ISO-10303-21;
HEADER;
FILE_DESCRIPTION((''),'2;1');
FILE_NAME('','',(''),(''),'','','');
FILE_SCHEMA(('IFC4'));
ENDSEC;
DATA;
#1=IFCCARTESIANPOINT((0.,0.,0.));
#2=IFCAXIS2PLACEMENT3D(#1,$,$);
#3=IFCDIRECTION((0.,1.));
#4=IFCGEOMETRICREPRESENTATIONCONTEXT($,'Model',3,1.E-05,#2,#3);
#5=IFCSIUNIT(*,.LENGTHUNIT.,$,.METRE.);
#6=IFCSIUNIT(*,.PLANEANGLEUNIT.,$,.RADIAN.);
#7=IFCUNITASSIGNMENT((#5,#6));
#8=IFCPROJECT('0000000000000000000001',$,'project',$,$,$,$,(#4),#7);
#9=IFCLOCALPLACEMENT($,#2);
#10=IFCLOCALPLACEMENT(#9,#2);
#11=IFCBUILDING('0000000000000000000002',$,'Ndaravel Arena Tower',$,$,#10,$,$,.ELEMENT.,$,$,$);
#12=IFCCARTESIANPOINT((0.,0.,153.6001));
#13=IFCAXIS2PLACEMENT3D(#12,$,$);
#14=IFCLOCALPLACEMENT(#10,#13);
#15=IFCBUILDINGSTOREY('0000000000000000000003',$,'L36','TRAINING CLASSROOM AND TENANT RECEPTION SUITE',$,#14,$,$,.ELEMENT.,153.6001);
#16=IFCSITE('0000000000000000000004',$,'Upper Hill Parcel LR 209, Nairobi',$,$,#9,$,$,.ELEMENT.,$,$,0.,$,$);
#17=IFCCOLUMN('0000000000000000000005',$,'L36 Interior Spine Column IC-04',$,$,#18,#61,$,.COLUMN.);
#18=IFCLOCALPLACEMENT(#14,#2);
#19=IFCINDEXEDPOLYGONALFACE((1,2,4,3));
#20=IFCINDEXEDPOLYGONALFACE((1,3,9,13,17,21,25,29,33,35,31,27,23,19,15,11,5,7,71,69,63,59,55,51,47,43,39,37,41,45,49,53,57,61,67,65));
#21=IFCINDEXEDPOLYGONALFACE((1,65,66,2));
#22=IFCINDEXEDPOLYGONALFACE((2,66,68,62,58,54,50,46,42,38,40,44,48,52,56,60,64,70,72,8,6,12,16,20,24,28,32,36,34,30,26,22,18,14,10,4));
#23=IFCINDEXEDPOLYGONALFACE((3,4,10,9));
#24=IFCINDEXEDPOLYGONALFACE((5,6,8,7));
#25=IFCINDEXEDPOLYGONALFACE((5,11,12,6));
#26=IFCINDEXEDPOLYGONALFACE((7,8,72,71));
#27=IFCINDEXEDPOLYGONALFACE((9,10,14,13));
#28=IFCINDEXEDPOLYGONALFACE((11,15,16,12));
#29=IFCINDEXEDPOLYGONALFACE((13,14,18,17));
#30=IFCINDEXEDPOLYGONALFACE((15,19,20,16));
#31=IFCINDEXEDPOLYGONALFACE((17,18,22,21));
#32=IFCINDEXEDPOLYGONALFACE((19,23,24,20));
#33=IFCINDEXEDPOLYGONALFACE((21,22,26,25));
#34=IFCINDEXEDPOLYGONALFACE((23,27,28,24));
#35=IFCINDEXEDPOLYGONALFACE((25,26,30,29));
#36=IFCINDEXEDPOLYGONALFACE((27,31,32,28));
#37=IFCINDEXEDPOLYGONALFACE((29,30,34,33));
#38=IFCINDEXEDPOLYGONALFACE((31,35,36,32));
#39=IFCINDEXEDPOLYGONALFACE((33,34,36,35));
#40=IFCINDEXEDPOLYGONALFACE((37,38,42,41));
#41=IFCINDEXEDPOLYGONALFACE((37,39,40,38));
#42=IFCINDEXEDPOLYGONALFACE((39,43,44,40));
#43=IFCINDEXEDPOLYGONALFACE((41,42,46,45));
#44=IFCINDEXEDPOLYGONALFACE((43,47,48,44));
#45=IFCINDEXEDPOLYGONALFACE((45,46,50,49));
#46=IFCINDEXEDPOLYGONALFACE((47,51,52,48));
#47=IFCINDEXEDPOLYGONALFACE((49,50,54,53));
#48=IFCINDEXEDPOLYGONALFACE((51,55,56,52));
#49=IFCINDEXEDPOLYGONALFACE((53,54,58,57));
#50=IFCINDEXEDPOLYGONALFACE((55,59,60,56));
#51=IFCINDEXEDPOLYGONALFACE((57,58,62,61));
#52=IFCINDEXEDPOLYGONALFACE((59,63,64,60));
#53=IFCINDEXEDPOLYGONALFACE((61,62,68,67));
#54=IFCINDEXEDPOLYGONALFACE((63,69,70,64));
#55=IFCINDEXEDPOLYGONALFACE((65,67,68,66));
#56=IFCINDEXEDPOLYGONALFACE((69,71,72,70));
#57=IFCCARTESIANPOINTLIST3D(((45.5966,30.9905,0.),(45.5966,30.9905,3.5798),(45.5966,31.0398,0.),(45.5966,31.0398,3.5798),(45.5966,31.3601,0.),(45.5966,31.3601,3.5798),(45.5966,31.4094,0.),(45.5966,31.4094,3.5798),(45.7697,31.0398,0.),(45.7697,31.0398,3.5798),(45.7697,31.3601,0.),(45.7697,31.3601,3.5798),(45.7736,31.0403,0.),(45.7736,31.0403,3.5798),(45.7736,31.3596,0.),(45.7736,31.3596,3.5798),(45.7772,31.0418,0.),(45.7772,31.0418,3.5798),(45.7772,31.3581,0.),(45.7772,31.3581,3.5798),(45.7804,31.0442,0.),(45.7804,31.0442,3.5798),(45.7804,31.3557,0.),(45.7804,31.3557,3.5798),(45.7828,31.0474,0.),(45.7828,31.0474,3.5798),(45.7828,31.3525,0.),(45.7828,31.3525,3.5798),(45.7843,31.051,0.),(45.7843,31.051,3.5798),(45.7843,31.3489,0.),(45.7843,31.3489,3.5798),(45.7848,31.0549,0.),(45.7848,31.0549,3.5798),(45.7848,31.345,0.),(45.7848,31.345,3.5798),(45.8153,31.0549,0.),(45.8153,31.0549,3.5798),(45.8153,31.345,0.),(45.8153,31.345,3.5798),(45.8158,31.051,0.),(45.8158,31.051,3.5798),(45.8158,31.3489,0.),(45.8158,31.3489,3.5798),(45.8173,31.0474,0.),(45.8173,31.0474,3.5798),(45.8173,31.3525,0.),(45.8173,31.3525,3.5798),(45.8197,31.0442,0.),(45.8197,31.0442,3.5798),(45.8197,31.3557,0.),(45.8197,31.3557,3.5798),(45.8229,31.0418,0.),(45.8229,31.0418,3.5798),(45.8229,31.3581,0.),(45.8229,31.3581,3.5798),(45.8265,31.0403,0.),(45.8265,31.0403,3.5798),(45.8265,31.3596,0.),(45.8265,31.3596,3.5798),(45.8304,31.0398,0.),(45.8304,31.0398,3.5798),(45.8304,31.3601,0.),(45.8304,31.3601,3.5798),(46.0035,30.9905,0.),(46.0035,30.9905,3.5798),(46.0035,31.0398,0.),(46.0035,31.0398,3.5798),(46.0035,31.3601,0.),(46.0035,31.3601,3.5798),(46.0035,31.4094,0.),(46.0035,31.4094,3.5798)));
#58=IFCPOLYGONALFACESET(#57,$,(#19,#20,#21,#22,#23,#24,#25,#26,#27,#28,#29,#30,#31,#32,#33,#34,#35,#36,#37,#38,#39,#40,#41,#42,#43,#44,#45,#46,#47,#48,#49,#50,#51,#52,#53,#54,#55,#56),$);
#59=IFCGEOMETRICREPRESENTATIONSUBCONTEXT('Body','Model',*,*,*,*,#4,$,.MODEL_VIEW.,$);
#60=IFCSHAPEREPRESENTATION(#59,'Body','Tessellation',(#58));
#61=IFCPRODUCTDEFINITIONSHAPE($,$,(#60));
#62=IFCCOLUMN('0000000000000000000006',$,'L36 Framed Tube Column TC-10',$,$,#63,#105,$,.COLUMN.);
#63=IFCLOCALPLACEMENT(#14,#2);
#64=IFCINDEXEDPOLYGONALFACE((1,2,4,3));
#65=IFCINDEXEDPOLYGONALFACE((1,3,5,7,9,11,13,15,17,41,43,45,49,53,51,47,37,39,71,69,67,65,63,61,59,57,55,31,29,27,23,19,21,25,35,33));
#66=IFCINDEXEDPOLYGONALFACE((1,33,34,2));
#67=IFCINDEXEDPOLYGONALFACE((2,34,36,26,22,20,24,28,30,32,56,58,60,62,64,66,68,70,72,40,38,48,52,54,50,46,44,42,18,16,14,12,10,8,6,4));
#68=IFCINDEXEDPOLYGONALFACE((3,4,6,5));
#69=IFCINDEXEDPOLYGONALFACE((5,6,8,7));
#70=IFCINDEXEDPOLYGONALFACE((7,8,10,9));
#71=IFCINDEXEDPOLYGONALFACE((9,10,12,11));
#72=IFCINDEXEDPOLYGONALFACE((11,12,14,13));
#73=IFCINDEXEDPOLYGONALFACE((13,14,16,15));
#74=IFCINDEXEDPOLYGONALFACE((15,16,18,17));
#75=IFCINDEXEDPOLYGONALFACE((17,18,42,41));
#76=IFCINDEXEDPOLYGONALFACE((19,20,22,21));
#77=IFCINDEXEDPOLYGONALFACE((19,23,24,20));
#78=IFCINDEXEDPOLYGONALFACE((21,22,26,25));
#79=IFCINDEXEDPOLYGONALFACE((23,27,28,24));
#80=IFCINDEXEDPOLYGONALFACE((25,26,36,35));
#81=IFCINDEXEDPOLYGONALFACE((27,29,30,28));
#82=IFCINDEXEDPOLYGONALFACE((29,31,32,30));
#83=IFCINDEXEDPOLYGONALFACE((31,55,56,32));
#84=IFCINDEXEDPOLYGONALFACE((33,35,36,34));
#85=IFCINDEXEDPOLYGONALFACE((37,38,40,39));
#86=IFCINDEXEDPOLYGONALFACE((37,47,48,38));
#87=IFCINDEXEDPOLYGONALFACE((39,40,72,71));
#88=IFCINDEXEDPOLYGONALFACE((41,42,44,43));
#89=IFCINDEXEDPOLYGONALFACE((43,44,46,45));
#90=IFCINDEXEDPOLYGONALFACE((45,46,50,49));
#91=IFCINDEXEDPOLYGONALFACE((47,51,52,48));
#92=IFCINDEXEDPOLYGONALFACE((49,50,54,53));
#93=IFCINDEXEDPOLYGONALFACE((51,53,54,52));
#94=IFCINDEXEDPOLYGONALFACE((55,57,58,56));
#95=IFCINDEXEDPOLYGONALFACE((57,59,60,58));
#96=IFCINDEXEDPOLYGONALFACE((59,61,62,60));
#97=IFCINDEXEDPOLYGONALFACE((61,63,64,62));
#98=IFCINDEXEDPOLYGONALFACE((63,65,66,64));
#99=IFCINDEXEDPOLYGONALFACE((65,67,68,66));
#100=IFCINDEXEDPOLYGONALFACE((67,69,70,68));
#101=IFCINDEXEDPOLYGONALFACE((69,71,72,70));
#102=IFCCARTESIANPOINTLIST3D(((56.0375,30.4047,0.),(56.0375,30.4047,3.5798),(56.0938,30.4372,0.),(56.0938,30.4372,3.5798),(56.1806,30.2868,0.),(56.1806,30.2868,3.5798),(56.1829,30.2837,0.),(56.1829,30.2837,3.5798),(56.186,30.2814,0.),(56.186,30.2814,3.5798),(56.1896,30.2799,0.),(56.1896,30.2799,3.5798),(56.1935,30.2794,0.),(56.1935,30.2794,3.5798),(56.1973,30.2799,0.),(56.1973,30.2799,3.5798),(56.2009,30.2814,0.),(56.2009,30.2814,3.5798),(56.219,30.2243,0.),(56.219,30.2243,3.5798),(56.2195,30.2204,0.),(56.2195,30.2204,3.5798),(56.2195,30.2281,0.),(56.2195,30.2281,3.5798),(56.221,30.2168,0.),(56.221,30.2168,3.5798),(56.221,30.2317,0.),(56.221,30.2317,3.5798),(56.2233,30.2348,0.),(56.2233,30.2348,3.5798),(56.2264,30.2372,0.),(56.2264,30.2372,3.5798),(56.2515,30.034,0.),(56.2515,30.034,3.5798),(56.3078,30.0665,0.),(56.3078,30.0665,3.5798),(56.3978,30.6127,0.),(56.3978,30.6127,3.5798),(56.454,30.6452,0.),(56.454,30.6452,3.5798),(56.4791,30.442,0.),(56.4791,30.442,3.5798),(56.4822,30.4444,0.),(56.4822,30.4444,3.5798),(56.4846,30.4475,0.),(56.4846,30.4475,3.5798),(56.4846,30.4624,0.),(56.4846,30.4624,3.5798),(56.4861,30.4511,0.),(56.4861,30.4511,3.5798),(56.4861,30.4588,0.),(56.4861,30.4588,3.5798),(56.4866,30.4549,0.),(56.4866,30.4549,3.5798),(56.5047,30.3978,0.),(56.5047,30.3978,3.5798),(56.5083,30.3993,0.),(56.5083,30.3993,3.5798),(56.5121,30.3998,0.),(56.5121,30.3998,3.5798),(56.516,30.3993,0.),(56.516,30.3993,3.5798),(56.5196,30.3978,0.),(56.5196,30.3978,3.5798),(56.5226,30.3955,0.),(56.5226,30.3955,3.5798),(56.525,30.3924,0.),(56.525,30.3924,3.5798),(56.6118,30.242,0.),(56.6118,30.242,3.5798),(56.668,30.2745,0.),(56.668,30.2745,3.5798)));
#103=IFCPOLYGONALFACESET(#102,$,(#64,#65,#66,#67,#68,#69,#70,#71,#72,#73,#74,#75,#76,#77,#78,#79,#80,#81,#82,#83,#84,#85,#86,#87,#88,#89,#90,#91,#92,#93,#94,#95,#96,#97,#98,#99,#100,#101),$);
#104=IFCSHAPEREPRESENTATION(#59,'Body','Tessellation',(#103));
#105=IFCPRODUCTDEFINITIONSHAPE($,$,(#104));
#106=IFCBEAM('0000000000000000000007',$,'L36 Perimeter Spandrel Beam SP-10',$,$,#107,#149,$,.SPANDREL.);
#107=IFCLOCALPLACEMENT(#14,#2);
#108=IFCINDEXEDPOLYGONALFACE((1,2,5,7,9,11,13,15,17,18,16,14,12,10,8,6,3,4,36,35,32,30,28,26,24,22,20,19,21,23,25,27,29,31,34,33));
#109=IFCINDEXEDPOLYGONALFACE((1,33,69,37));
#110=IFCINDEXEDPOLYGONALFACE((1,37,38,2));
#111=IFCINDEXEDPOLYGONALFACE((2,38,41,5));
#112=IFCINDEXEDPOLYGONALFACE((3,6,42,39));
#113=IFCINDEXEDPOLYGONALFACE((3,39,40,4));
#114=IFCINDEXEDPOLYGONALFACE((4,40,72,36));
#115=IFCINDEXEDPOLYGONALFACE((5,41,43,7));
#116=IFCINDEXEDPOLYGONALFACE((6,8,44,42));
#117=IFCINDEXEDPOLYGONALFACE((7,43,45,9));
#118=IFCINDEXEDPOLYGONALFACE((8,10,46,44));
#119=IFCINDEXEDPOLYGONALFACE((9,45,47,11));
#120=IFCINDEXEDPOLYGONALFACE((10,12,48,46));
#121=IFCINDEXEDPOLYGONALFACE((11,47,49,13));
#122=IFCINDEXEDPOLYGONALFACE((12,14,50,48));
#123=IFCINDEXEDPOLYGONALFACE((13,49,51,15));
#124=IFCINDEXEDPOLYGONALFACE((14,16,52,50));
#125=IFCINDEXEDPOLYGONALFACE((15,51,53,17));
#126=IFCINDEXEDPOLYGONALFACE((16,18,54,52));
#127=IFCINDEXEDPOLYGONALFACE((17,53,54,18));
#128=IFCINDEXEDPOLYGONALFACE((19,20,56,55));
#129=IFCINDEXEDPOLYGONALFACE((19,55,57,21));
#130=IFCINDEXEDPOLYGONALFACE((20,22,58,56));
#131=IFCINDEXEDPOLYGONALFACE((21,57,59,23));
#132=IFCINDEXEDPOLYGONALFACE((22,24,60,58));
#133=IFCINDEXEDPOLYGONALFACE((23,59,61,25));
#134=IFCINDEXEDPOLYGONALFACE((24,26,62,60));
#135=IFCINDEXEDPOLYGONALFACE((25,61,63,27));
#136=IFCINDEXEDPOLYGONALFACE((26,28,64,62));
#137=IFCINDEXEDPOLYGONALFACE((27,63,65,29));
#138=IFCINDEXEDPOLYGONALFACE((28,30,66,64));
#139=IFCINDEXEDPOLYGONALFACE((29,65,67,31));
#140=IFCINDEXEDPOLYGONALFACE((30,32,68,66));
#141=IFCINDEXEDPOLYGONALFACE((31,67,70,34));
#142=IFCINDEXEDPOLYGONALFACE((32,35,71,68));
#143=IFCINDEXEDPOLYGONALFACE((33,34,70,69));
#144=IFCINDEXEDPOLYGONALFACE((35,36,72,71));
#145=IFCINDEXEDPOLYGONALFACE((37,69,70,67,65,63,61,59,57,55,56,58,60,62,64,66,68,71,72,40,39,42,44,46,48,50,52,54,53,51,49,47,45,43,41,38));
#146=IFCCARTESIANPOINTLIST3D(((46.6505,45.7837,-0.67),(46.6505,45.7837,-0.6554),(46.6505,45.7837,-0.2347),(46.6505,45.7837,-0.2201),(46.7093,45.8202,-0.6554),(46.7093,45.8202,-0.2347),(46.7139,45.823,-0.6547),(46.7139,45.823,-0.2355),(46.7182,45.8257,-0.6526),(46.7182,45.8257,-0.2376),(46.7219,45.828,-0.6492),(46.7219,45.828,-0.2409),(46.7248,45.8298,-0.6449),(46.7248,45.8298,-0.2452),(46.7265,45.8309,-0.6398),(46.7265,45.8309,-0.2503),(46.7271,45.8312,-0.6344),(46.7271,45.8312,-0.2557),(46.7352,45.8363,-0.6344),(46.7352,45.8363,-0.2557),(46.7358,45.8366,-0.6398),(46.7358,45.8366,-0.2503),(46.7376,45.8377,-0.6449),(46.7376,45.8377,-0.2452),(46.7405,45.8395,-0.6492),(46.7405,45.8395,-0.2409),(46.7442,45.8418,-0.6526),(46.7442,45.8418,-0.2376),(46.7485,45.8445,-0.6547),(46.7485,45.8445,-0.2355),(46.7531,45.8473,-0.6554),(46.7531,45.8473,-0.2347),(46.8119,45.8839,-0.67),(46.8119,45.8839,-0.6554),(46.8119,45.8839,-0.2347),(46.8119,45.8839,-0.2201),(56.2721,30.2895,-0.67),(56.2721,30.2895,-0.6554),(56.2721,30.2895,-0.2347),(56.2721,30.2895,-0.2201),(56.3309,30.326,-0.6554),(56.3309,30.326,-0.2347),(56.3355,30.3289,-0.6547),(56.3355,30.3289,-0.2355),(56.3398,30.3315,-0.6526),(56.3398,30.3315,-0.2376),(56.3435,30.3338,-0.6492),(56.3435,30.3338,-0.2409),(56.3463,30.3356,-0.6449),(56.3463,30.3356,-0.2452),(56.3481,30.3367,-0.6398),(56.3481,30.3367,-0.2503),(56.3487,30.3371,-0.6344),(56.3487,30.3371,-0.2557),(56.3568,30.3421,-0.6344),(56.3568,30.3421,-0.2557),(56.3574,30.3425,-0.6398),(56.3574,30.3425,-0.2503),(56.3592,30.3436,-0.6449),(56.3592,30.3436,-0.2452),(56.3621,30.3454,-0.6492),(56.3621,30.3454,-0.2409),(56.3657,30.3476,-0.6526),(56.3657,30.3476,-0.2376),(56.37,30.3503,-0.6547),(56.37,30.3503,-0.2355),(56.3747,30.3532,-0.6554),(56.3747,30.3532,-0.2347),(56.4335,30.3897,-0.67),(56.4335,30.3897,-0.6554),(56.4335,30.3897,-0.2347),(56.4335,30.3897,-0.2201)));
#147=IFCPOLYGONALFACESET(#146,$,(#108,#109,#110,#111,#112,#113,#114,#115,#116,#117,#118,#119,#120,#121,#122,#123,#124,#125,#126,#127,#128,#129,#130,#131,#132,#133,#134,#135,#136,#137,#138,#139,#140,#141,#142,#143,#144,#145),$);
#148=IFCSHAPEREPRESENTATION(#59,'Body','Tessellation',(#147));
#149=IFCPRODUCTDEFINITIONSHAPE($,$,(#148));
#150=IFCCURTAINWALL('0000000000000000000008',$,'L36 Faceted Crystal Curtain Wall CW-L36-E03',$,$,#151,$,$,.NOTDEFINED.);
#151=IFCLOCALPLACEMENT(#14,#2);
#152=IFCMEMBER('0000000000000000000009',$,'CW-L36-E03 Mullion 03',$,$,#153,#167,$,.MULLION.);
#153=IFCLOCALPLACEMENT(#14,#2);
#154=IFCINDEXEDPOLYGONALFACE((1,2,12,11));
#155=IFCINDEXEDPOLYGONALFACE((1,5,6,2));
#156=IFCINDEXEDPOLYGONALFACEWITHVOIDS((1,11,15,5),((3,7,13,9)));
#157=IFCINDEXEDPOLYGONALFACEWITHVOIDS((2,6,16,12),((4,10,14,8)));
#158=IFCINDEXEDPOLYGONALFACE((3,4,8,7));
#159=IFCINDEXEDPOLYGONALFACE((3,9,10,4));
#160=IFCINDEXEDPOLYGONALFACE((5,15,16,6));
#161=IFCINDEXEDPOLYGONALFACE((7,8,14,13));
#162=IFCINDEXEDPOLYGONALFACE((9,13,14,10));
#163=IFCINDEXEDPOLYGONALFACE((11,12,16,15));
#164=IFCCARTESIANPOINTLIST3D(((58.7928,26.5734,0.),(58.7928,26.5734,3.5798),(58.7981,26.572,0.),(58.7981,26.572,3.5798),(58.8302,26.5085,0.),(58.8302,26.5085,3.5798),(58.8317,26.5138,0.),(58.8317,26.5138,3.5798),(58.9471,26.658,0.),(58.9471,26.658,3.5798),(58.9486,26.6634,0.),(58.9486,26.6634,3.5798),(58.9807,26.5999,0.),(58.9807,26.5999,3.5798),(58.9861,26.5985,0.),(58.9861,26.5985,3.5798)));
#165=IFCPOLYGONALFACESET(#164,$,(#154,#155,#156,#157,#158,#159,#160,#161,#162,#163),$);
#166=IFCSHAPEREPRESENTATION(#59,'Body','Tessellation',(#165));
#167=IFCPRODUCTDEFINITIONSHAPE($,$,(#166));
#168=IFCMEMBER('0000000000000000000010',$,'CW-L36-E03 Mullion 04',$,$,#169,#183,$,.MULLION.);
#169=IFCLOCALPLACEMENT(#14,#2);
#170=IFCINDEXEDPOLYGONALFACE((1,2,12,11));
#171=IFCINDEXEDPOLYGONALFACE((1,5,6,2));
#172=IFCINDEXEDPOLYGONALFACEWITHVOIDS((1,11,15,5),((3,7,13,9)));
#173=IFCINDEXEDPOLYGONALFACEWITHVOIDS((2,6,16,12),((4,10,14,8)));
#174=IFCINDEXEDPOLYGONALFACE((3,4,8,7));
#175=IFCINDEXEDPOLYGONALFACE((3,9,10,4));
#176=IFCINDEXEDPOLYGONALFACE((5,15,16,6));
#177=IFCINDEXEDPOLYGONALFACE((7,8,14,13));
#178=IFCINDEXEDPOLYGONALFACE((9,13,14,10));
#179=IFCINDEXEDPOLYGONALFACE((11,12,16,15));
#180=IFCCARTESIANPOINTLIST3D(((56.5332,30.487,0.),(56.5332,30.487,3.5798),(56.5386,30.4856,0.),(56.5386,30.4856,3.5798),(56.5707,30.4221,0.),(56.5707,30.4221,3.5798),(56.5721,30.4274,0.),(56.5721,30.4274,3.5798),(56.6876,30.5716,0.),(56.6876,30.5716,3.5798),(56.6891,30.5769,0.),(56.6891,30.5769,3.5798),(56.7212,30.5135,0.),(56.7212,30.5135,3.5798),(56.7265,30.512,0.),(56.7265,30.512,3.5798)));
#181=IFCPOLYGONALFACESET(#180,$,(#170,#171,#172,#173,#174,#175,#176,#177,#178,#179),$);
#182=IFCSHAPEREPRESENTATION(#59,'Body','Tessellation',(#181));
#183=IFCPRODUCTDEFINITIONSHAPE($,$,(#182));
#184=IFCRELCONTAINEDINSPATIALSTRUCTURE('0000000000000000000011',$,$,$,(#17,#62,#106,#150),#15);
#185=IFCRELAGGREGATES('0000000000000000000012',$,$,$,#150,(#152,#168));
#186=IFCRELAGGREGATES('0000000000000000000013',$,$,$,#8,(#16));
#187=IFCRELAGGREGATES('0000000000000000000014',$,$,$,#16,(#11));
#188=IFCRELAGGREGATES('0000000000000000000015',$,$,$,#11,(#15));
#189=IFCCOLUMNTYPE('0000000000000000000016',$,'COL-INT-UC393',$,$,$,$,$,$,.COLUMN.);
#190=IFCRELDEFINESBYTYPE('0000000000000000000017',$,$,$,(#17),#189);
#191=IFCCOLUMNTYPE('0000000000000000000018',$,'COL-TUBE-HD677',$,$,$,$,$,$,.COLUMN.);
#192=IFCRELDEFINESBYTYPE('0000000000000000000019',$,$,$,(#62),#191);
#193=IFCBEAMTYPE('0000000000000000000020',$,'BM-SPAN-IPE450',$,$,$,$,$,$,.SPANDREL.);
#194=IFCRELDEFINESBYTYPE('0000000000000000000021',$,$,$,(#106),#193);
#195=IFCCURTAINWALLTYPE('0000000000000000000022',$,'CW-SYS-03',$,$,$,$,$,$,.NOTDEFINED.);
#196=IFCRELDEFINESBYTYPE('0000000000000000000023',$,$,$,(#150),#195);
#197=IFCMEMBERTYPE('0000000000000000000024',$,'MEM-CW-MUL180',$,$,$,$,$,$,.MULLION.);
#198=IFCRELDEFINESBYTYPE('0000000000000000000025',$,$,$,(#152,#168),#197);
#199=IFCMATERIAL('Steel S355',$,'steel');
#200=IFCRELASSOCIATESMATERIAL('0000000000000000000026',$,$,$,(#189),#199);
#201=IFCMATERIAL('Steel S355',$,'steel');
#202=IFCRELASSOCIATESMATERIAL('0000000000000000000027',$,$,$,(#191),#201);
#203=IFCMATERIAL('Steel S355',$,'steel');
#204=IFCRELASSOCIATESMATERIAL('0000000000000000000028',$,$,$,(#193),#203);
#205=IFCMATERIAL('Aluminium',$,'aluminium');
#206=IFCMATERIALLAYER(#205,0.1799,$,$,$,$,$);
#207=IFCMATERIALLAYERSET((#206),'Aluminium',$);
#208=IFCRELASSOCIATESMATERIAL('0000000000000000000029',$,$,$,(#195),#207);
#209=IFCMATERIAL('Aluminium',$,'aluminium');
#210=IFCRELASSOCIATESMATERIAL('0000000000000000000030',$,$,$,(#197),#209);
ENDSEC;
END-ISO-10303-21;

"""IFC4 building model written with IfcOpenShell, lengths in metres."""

from ifc_helpers import new_model, si_unit, direction, frame, origin, origin_2d, place, context, subcontext, project, spatial, hollow_rectangle, i_section, extrude, material, layer, layer_set, material_profile, profile_set, type_object, element, aggregate, save


model = new_model("IFC4")

# Units and contexts
model_context = context("Model", 3, precision=1e-05, world=origin(), true_north=direction((0.0, 1.0)))
body_context = subcontext(model_context, "Body", "Model", "MODEL_VIEW")
ifc_project = project(units=[si_unit("LENGTHUNIT", "METRE"), si_unit("PLANEANGLEUNIT", "RADIAN")], contexts=[model_context])

# Site, building, storey
site_placement = place(None, origin())
site = spatial("IfcSite", under=ifc_project, at=site_placement, Name="Upper Hill Parcel LR 209, Nairobi", CompositionType="ELEMENT", RefElevation=0.0)
building_placement = place(site_placement, origin())
building = spatial("IfcBuilding", under=site, at=building_placement, Name="Ndaravel Arena Tower", CompositionType="ELEMENT")
storey_placement = place(building_placement, frame((0.0, 0.0, 153.6001)))
storey = spatial("IfcBuildingStorey", under=building, at=storey_placement, Name="L36", Description="TRAINING CLASSROOM AND TENANT RECEPTION SUITE", CompositionType="ELEMENT", Elevation=153.6001)

# Columns
ifc_material_1 = material(Name="Steel S355", Category="steel")
ifc_material_profile_1 = material_profile(ifc_material_1, i_section(OverallWidth=0.407, OverallDepth=0.4189, WebThickness=0.0305, FlangeThickness=0.0493, FilletRadius=0.0151, at=origin_2d()), Name="UC 356x406x393")
ifc_profile_set_1 = profile_set([ifc_material_profile_1], Name="Steel S355")
column_type_1 = type_object("IfcColumnType", Name="COL-INT-UC393", PredefinedType="COLUMN", material=ifc_profile_set_1)
column_1_placement = place(storey_placement, frame((45.8, 31.2, 0.0), z_axis=(0.0, 0.0, 1.0), x_axis=(1.0, 0.0, 0.0)))
element("IfcColumn", 1, at=column_1_placement, inside=storey, type_object=column_type_1, Name="L36 Interior Spine Column IC-04", PredefinedType="COLUMN", context=body_context, shape_type="SweptSolid", body=[
    extrude(i_section(OverallWidth=0.407, OverallDepth=0.4189, WebThickness=0.0305, FlangeThickness=0.0493, FilletRadius=0.0151, at=origin_2d()), origin(), (0.0, 0.0, 1.0), 3.5798),
])
ifc_material_2 = material(Name="Steel S355", Category="steel")
ifc_material_profile_2 = material_profile(ifc_material_2, i_section(OverallWidth=0.428, OverallDepth=0.481, WebThickness=0.051, FlangeThickness=0.0649, FilletRadius=0.0149, at=origin_2d()), Name="HD 400x677")
ifc_profile_set_2 = profile_set([ifc_material_profile_2], Name="Steel S355")
column_type_2 = type_object("IfcColumnType", Name="COL-TUBE-HD677", PredefinedType="COLUMN", material=ifc_profile_set_2)
column_2_placement = place(storey_placement, frame((56.3528, 30.3396, 0.0), z_axis=(0.0, 0.0, 1.0), x_axis=(-0.5, 0.866025, 0.0)))
element("IfcColumn", 2, at=column_2_placement, inside=storey, type_object=column_type_2, Name="L36 Framed Tube Column TC-10", PredefinedType="COLUMN", context=body_context, shape_type="SweptSolid", body=[
    extrude(i_section(OverallWidth=0.428, OverallDepth=0.481, WebThickness=0.051, FlangeThickness=0.0649, FilletRadius=0.0149, at=origin_2d()), origin(), (0.0, 0.0, 1.0), 3.5798),
])

# Beam
ifc_material_3 = material(Name="Steel S355", Category="steel")
ifc_material_profile_3 = material_profile(ifc_material_3, i_section(OverallWidth=0.1899, OverallDepth=0.45, WebThickness=0.0095, FlangeThickness=0.0146, FilletRadius=0.021, at=origin_2d()), Name="IPE 450")
ifc_profile_set_3 = profile_set([ifc_material_profile_3], Name="Steel S355")
beam_type = type_object("IfcBeamType", Name="BM-SPAN-IPE450", PredefinedType="SPANDREL", material=ifc_profile_set_3)
beam_placement = place(storey_placement, frame((56.3528, 30.3396, -0.4451), z_axis=(-0.527542, 0.849529, 0.0), x_axis=(-0.849529, -0.527542, 0.0)))
element("IfcBeam", 3, at=beam_placement, inside=storey, type_object=beam_type, Name="L36 Perimeter Spandrel Beam SP-10", PredefinedType="SPANDREL", context=body_context, shape_type="SweptSolid", body=[
    extrude(i_section(OverallWidth=0.1899, OverallDepth=0.45, WebThickness=0.0095, FlangeThickness=0.0146, FilletRadius=0.021, at=origin_2d()), origin(), (0.0, 0.0, 1.0), 18.2385),
])

# Curtain wall, members
ifc_material_4 = material(Name="Aluminium", Category="aluminium")
ifc_layer_1 = layer(ifc_material_4, 0.1799)
ifc_layer_set_1 = layer_set([ifc_layer_1], Name="Aluminium")
curtain_wall_type = type_object("IfcCurtainWallType", Name="CW-SYS-03", PredefinedType="NOTDEFINED", material=ifc_layer_set_1)
curtain_wall_placement = place(storey_placement, origin())
curtain_wall = element("IfcCurtainWall", 4, at=curtain_wall_placement, inside=storey, type_object=curtain_wall_type, Name="L36 Faceted Crystal Curtain Wall CW-L36-E03", PredefinedType="NOTDEFINED")
ifc_material_5 = material(Name="Aluminium", Category="aluminium")
ifc_material_profile_4 = material_profile(ifc_material_5, hollow_rectangle(XDim=0.075, YDim=0.1799, WallThickness=0.0039, at=origin_2d()), Name="CW MULLION 75x180x4")
ifc_profile_set_4 = profile_set([ifc_material_profile_4], Name="Aluminium")
member_type = type_object("IfcMemberType", Name="MEM-CW-MUL180", PredefinedType="MULLION", material=ifc_profile_set_4)
member_1_placement = place(storey_placement, frame((58.8894, 26.5859, 0.0), z_axis=(0.0, 0.0, 1.0), x_axis=(-0.5, 0.866025, 0.0)))
member_1 = element("IfcMember", 5, at=member_1_placement, type_object=member_type, Name="CW-L36-E03 Mullion 03", PredefinedType="MULLION", context=body_context, shape_type="SweptSolid", body=[
    extrude(hollow_rectangle(XDim=0.075, YDim=0.1799, WallThickness=0.0039, at=origin_2d()), origin(), (0.0, 0.0, 1.0), 3.5798),
])
member_2_placement = place(storey_placement, frame((56.6299, 30.4995, 0.0), z_axis=(0.0, 0.0, 1.0), x_axis=(-0.5, 0.866025, 0.0)))
member_2 = element("IfcMember", 6, at=member_2_placement, type_object=member_type, Name="CW-L36-E03 Mullion 04", PredefinedType="MULLION", context=body_context, shape_type="SweptSolid", body=[
    extrude(hollow_rectangle(XDim=0.075, YDim=0.1799, WallThickness=0.0039, at=origin_2d()), origin(), (0.0, 0.0, 1.0), 3.5798),
])
aggregate(curtain_wall, [member_1, member_2])

save(model, "model.ifc")
